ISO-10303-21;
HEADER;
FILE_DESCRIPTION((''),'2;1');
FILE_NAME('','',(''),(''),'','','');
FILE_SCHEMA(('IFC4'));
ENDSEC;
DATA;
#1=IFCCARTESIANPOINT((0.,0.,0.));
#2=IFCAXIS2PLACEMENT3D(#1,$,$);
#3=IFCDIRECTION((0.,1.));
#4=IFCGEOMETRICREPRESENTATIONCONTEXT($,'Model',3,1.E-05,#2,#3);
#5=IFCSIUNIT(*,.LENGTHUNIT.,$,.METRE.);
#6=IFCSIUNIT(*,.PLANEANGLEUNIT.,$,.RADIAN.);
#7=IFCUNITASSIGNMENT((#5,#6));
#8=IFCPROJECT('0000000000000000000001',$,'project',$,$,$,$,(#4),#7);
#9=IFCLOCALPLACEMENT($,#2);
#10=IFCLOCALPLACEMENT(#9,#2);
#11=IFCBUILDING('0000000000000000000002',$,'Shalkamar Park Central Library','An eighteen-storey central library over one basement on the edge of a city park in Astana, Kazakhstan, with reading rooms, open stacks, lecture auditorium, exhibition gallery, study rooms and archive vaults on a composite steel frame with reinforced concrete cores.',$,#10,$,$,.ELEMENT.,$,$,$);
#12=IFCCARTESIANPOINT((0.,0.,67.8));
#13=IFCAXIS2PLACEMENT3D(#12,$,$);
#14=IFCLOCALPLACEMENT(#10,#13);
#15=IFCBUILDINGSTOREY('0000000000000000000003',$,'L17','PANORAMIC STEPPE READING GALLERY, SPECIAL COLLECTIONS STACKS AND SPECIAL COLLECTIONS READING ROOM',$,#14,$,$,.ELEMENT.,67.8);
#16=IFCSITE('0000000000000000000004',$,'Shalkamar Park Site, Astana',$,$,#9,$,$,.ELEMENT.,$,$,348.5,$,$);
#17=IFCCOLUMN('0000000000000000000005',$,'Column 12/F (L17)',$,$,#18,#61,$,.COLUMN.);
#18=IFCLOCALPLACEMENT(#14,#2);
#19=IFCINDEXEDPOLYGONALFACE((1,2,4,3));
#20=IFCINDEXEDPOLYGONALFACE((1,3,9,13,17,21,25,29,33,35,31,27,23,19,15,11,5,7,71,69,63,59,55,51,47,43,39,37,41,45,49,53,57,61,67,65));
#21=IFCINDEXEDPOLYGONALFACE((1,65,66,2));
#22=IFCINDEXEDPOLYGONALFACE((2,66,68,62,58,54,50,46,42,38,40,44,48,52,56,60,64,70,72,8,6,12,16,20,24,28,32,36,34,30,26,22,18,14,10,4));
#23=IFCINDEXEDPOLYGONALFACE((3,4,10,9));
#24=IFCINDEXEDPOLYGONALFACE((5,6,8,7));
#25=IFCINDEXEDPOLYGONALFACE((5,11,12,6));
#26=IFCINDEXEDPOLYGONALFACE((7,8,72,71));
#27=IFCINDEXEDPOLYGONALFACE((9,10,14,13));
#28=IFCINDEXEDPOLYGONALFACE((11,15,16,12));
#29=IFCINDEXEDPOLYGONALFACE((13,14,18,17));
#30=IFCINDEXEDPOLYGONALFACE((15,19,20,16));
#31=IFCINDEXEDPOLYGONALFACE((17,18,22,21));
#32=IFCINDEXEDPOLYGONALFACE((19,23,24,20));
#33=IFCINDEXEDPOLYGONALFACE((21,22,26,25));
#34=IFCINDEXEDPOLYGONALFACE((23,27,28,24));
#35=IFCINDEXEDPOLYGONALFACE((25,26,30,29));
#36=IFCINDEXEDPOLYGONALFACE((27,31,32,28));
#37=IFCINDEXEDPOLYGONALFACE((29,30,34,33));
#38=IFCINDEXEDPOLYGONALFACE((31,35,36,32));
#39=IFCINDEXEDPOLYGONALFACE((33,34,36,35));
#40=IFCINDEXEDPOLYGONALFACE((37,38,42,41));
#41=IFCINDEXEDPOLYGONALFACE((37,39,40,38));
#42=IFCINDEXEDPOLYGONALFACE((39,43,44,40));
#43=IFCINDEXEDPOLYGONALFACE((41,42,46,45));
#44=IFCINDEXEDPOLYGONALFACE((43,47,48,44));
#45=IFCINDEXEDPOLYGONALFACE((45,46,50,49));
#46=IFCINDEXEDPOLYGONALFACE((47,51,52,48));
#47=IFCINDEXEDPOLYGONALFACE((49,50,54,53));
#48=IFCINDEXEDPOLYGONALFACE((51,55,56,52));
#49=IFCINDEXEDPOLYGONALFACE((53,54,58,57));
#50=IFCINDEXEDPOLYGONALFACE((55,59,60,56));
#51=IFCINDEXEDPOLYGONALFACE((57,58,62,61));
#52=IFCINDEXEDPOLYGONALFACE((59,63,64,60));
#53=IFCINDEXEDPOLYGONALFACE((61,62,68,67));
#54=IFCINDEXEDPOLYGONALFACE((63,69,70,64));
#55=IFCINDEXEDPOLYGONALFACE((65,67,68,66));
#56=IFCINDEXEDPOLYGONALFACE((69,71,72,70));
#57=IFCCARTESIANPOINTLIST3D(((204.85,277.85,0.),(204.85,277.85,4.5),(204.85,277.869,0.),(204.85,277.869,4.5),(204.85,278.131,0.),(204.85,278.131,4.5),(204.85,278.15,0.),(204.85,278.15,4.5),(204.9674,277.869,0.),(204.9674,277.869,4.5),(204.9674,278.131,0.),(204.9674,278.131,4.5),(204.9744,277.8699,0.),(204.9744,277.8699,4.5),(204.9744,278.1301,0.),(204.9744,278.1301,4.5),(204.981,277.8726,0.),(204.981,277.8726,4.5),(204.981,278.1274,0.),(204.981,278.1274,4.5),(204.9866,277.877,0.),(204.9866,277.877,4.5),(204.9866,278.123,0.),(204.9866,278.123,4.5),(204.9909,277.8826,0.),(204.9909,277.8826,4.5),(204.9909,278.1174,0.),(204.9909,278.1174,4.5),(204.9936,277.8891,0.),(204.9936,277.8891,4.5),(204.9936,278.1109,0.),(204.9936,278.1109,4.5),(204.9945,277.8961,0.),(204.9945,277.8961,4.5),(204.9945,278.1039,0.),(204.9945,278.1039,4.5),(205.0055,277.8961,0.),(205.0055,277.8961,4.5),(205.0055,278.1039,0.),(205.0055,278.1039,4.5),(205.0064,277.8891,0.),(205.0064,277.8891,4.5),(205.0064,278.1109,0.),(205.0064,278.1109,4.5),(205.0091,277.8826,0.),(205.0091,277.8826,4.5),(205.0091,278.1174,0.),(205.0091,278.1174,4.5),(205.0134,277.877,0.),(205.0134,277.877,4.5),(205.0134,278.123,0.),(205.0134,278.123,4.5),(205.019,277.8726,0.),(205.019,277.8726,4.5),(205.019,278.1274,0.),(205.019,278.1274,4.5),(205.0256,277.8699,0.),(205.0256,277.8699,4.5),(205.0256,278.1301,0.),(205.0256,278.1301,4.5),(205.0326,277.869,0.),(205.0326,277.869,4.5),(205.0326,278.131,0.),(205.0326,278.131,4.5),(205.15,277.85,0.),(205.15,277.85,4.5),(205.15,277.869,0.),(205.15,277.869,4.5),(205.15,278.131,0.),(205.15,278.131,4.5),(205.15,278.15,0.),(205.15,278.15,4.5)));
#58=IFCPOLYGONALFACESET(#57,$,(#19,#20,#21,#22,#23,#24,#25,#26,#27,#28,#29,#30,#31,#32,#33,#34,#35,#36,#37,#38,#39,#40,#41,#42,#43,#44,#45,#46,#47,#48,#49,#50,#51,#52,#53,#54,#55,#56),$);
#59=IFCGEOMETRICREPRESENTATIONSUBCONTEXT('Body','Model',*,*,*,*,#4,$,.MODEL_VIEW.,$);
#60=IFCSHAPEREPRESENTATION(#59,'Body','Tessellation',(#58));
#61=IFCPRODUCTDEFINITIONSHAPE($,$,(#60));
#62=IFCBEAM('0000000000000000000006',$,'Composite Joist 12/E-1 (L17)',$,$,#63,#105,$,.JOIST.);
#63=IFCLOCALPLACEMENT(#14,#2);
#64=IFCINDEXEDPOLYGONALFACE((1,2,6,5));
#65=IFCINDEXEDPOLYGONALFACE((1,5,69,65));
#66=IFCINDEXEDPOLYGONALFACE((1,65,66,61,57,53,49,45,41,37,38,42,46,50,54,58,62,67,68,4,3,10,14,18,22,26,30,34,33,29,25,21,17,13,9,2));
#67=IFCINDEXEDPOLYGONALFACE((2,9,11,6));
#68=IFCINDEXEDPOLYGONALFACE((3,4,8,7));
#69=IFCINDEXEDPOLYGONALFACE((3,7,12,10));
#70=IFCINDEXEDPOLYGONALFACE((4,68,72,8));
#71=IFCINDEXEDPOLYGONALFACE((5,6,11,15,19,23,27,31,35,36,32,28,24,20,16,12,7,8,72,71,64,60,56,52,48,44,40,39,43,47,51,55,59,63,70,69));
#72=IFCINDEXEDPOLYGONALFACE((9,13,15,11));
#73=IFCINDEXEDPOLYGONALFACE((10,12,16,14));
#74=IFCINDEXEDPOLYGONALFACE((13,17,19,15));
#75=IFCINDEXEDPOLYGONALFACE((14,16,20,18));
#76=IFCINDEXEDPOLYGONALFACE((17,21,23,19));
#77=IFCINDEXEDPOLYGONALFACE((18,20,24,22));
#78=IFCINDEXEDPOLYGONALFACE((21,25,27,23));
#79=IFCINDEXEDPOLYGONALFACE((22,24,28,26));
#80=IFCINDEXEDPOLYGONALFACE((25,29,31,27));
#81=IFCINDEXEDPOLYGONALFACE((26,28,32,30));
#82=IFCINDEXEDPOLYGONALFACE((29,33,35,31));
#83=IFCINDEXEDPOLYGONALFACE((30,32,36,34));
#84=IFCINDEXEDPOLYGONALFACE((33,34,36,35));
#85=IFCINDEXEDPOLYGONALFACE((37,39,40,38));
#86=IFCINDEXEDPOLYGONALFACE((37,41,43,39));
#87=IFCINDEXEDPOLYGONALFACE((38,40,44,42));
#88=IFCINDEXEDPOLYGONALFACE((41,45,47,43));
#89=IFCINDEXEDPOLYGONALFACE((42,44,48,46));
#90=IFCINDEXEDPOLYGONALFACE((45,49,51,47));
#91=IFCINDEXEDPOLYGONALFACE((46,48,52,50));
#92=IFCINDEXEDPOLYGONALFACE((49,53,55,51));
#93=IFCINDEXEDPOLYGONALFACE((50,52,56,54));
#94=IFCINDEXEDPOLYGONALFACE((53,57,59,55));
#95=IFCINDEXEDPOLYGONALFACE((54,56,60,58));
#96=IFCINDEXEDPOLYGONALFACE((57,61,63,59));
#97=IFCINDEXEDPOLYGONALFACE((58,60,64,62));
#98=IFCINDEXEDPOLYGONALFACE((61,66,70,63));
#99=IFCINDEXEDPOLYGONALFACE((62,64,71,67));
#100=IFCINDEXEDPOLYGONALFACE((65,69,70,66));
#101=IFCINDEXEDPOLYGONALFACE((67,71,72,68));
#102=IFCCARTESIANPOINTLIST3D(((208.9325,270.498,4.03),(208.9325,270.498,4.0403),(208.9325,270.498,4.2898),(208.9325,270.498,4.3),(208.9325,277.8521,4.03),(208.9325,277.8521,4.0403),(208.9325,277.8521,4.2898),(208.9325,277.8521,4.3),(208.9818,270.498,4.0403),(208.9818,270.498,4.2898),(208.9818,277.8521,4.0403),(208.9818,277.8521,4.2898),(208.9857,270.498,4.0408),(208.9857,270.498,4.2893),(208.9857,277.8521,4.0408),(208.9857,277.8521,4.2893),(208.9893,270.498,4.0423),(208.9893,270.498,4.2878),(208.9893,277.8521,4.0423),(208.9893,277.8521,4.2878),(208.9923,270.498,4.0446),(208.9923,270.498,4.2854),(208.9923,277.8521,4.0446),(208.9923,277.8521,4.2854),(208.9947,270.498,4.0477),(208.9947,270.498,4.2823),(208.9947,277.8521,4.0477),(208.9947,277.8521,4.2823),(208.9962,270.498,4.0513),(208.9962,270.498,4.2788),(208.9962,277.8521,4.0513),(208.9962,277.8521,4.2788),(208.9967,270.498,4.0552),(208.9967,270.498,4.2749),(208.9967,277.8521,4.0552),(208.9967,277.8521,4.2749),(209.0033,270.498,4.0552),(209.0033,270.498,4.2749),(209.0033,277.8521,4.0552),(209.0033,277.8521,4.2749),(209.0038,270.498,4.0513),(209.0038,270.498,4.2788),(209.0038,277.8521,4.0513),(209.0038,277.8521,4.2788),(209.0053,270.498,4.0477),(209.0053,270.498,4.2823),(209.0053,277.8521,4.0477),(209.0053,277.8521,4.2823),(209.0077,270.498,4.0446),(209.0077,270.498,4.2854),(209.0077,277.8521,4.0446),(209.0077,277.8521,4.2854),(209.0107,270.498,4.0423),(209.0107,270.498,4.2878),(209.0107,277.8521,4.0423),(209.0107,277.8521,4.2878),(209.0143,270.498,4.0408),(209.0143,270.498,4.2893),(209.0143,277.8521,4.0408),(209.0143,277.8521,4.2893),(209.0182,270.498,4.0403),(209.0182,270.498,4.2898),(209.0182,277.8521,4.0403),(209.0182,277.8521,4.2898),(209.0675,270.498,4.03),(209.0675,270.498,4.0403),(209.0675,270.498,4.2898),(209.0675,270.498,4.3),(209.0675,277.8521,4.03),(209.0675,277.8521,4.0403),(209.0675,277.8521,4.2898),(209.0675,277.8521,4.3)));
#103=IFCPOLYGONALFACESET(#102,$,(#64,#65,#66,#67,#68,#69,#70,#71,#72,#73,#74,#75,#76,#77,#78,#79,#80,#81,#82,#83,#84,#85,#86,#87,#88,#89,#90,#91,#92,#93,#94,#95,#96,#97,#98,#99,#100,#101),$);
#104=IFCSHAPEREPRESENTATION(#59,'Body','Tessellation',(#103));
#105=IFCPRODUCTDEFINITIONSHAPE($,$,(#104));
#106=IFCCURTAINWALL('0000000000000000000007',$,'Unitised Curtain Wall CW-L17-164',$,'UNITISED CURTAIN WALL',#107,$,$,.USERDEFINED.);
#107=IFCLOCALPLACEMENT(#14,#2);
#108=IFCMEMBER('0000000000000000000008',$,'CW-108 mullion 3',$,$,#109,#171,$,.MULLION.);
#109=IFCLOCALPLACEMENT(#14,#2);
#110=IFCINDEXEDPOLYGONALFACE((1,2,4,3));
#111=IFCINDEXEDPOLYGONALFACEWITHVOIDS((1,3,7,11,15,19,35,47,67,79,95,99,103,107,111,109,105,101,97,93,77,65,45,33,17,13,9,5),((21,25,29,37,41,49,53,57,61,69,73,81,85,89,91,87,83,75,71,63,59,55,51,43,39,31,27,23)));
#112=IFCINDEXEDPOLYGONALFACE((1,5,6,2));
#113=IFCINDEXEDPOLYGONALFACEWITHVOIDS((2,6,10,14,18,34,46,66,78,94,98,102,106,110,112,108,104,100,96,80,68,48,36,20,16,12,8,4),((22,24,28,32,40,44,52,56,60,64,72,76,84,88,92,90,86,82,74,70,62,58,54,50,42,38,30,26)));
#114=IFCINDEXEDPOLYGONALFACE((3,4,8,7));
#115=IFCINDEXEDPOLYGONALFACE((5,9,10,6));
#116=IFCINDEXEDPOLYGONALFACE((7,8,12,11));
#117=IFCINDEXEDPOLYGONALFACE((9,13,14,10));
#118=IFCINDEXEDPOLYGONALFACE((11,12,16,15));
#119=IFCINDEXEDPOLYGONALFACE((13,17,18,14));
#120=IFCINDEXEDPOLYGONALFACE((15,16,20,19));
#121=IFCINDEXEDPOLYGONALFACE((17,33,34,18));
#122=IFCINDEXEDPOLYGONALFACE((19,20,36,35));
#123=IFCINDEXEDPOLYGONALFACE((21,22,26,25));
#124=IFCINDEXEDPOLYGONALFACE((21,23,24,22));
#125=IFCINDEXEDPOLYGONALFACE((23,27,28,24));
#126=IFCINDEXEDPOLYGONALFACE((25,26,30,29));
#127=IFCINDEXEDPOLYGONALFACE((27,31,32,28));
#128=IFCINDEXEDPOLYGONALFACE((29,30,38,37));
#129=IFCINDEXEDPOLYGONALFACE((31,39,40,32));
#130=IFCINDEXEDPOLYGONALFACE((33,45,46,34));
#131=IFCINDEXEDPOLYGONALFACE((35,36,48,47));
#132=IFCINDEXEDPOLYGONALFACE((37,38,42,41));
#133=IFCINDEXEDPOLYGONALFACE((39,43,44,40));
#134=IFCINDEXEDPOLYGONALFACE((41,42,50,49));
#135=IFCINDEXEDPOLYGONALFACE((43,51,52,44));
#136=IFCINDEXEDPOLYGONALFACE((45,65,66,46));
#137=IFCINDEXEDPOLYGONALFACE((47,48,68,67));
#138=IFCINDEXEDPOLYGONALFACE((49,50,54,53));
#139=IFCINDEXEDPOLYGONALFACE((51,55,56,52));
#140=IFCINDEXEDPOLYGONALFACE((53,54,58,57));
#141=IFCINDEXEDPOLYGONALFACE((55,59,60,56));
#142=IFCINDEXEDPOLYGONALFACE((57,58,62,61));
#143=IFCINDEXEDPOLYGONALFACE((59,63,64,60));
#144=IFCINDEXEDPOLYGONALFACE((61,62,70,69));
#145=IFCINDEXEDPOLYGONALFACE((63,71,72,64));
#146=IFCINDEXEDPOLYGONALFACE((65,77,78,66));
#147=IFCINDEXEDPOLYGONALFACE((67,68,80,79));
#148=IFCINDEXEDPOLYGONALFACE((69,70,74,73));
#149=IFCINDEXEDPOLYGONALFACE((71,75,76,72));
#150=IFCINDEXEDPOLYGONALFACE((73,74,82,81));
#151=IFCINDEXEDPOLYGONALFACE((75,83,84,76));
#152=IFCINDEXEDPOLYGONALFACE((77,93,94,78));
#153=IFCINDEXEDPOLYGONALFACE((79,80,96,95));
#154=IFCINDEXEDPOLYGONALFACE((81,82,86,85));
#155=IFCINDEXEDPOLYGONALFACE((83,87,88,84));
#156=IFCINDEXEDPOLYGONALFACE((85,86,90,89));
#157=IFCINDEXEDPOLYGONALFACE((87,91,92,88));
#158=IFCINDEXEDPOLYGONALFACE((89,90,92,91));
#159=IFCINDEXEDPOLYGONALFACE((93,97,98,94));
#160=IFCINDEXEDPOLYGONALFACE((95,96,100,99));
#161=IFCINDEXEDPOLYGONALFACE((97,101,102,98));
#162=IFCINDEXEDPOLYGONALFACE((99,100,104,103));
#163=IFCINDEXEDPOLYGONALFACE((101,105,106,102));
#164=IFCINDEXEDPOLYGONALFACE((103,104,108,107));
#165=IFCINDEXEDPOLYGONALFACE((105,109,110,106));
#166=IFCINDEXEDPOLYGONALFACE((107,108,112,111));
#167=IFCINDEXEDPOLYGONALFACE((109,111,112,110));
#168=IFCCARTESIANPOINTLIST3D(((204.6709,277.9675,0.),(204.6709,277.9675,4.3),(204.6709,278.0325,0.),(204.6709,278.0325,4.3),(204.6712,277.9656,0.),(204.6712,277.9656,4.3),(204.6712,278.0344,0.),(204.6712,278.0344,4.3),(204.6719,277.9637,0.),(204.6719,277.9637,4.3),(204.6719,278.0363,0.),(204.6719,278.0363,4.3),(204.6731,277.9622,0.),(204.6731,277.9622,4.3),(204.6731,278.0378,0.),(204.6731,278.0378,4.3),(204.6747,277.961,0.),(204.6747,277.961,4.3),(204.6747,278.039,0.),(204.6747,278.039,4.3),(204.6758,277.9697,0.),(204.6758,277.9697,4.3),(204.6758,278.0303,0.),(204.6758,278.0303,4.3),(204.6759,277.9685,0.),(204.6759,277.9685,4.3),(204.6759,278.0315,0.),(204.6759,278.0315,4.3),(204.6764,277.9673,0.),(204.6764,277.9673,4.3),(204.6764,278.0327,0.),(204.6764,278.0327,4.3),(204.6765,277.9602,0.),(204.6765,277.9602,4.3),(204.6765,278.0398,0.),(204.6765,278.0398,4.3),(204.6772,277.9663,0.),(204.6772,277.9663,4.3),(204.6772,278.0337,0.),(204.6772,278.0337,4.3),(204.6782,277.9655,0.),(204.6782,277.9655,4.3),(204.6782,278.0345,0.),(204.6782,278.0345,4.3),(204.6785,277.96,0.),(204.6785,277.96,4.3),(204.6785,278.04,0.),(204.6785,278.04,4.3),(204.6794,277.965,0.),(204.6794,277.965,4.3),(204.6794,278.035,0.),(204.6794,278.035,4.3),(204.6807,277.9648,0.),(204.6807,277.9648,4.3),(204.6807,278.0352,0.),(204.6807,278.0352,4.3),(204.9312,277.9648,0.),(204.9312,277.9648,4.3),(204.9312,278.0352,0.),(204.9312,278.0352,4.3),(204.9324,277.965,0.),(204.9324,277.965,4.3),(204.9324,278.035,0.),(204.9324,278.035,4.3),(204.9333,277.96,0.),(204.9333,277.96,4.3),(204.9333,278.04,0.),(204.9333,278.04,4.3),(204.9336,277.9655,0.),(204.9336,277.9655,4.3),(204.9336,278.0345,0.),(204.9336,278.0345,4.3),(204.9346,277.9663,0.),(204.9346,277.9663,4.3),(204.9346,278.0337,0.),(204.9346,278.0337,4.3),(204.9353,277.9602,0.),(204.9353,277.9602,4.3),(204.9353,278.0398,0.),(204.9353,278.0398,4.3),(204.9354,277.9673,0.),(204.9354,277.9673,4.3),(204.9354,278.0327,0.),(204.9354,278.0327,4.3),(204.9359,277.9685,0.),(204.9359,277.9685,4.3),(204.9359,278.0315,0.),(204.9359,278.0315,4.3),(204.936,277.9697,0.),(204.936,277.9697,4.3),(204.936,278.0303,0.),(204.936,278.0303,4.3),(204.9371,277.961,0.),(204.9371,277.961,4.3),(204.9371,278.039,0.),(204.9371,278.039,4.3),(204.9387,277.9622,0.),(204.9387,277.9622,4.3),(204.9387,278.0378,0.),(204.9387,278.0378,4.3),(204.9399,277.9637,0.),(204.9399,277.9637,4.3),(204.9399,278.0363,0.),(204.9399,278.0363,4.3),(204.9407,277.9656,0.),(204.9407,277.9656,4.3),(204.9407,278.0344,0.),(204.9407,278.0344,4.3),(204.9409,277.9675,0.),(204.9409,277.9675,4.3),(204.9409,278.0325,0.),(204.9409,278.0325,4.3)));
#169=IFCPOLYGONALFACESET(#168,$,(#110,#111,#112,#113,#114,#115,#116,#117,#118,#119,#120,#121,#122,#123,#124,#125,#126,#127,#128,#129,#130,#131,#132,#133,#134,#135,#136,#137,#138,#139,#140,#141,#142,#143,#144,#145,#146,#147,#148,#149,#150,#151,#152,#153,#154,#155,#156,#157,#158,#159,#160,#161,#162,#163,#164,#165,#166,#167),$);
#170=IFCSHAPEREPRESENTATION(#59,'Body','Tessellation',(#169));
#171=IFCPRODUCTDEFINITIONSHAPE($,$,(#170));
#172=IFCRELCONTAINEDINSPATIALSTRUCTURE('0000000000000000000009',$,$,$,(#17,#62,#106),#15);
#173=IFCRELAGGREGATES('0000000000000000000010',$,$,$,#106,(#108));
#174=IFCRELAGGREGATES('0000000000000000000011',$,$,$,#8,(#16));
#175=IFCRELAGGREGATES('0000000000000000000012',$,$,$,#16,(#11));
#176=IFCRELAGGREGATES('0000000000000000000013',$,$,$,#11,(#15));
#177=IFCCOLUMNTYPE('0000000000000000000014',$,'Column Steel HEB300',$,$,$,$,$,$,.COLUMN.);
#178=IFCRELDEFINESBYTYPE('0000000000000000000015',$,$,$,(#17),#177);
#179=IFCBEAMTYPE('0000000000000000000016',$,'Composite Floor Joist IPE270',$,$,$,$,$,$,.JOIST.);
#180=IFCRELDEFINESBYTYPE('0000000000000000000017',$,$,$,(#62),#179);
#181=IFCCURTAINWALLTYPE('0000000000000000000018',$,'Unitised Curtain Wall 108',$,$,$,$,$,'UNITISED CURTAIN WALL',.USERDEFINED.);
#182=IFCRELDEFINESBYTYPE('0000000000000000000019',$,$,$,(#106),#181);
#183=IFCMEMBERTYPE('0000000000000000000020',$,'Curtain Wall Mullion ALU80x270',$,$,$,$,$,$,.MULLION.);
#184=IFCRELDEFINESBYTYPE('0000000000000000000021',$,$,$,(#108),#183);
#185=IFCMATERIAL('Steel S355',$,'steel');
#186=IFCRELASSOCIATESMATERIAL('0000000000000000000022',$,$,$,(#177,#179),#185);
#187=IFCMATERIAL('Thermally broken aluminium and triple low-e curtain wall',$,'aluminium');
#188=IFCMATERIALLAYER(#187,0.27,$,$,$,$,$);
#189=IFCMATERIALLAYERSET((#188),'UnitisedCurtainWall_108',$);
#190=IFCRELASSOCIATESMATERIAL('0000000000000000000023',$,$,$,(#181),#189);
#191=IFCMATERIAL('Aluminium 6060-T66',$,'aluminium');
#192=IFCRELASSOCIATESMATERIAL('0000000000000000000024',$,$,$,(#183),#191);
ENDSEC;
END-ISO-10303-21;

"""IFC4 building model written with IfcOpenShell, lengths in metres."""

from ifc_helpers import new_model, si_unit, direction, frame, origin, origin_2d, place, context, subcontext, project, spatial, hollow_rectangle, i_section, extrude, material, layer, layer_set, material_profile, profile_set, type_object, element, aggregate, save


model = new_model("IFC4")

# Units and contexts
model_context = context("Model", 3, precision=1e-05, world=origin(), true_north=direction((0.0, 1.0)))
body_context = subcontext(model_context, "Body", "Model", "MODEL_VIEW")
ifc_project = project(units=[si_unit("LENGTHUNIT", "METRE"), si_unit("PLANEANGLEUNIT", "RADIAN")], contexts=[model_context])

# Site, building, storey
site_placement = place(None, origin())
site = spatial("IfcSite", under=ifc_project, at=site_placement, Name="Shalkamar Park Site, Astana", CompositionType="ELEMENT", RefElevation=348.5)
building_placement = place(site_placement, origin())
building = spatial("IfcBuilding", under=site, at=building_placement, Name="Shalkamar Park Central Library", Description="An eighteen-storey central library over one basement on the edge of a city park in Astana, Kazakhstan, with reading rooms, open stacks, lecture auditorium, exhibition gallery, study rooms and archive vaults on a composite steel frame with reinforced concrete cores.", CompositionType="ELEMENT")
storey_placement = place(building_placement, frame((0.0, 0.0, 67.8)))
storey = spatial("IfcBuildingStorey", under=building, at=storey_placement, Name="L17", Description="PANORAMIC STEPPE READING GALLERY, SPECIAL COLLECTIONS STACKS AND SPECIAL COLLECTIONS READING ROOM", CompositionType="ELEMENT", Elevation=67.8)

# Column
ifc_material_1 = material(Name="Steel S355", Category="steel")
ifc_material_profile_1 = material_profile(ifc_material_1, i_section(OverallWidth=0.3, OverallDepth=0.3, WebThickness=0.011, FlangeThickness=0.019, FilletRadius=0.0271, at=origin_2d()), Name="HEB 300")
ifc_profile_set_1 = profile_set([ifc_material_profile_1], Name="Steel S355")
column_type = type_object("IfcColumnType", Name="Column Steel HEB300", PredefinedType="COLUMN", material=ifc_profile_set_1)
column_placement = place(storey_placement, frame((205.0, 278.0, 0.0), z_axis=(0.0, 0.0, 1.0), x_axis=(1.0, 0.0, 0.0)))
element("IfcColumn", 1, at=column_placement, inside=storey, type_object=column_type, Name="Column 12/F (L17)", PredefinedType="COLUMN", context=body_context, shape_type="SweptSolid", body=[
    extrude(i_section(OverallWidth=0.3, OverallDepth=0.3, WebThickness=0.011, FlangeThickness=0.019, FilletRadius=0.0271, at=origin_2d()), origin(), (0.0, 0.0, 1.0), 4.5),
])

# Beam
ifc_material_profile_2 = material_profile(ifc_material_1, i_section(OverallWidth=0.135, OverallDepth=0.27, WebThickness=0.0066, FlangeThickness=0.0103, FilletRadius=0.0149, at=origin_2d()), Name="IPE 270")
ifc_profile_set_2 = profile_set([ifc_material_profile_2], Name="Steel S355")
beam_type_1 = type_object("IfcBeamType", Name="Composite Floor Joist IPE270", PredefinedType="JOIST", material=ifc_profile_set_2)
beam_1_placement = place(storey_placement, frame((209.0, 270.498, 4.165), z_axis=(0.0, 1.0, 0.0), x_axis=(-1.0, 0.0, 0.0)))
element("IfcBeam", 2, at=beam_1_placement, inside=storey, type_object=beam_type_1, Name="Composite Joist 12/E-1 (L17)", PredefinedType="JOIST", context=body_context, shape_type="SweptSolid", body=[
    extrude(i_section(OverallWidth=0.135, OverallDepth=0.27, WebThickness=0.0066, FlangeThickness=0.0103, FilletRadius=0.0149, at=origin_2d()), origin(), (0.0, 0.0, 1.0), 7.354),
])

# Curtain wall, member
ifc_material_2 = material(Name="Thermally broken aluminium and triple low-e curtain wall", Category="aluminium")
ifc_layer_1 = layer(ifc_material_2, 0.27)
ifc_layer_set_1 = layer_set([ifc_layer_1], Name="UnitisedCurtainWall_108")
curtain_wall_type_1 = type_object("IfcCurtainWallType", Name="Unitised Curtain Wall 108", ElementType="UNITISED CURTAIN WALL", PredefinedType="USERDEFINED", material=ifc_layer_set_1)
curtain_wall_1_placement = place(storey_placement, origin())
curtain_wall_1 = element("IfcCurtainWall", 3, at=curtain_wall_1_placement, inside=storey, type_object=curtain_wall_type_1, Name="Unitised Curtain Wall CW-L17-164", ObjectType="UNITISED CURTAIN WALL", PredefinedType="USERDEFINED")
ifc_material_3 = material(Name="Aluminium 6060-T66", Category="aluminium")
ifc_material_profile_3 = material_profile(ifc_material_3, hollow_rectangle(XDim=0.0801, YDim=0.27, WallThickness=0.0049, InnerFilletRadius=0.0049, OuterFilletRadius=0.0076, at=origin_2d()), Name="ALU 80x270x5")
ifc_profile_set_3 = profile_set([ifc_material_profile_3], Name="Aluminium 6060-T66")
member_type_1 = type_object("IfcMemberType", Name="Curtain Wall Mullion ALU80x270", PredefinedType="MULLION", material=ifc_profile_set_3)
member_1_placement = place(storey_placement, frame((204.8059, 278.0, 0.0), z_axis=(0.0, 0.0, 1.0), x_axis=(0.0, 1.0, 0.0)))
member_1 = element("IfcMember", 4, at=member_1_placement, type_object=member_type_1, Name="CW-108 mullion 3", PredefinedType="MULLION", context=body_context, shape_type="SweptSolid", body=[
    extrude(hollow_rectangle(XDim=0.0801, YDim=0.27, WallThickness=0.0049, InnerFilletRadius=0.0049, OuterFilletRadius=0.0076, at=origin_2d()), origin(), (0.0, 0.0, 1.0), 4.3),
])

aggregate(curtain_wall_1, [member_1])

save(model, "model.ifc")
